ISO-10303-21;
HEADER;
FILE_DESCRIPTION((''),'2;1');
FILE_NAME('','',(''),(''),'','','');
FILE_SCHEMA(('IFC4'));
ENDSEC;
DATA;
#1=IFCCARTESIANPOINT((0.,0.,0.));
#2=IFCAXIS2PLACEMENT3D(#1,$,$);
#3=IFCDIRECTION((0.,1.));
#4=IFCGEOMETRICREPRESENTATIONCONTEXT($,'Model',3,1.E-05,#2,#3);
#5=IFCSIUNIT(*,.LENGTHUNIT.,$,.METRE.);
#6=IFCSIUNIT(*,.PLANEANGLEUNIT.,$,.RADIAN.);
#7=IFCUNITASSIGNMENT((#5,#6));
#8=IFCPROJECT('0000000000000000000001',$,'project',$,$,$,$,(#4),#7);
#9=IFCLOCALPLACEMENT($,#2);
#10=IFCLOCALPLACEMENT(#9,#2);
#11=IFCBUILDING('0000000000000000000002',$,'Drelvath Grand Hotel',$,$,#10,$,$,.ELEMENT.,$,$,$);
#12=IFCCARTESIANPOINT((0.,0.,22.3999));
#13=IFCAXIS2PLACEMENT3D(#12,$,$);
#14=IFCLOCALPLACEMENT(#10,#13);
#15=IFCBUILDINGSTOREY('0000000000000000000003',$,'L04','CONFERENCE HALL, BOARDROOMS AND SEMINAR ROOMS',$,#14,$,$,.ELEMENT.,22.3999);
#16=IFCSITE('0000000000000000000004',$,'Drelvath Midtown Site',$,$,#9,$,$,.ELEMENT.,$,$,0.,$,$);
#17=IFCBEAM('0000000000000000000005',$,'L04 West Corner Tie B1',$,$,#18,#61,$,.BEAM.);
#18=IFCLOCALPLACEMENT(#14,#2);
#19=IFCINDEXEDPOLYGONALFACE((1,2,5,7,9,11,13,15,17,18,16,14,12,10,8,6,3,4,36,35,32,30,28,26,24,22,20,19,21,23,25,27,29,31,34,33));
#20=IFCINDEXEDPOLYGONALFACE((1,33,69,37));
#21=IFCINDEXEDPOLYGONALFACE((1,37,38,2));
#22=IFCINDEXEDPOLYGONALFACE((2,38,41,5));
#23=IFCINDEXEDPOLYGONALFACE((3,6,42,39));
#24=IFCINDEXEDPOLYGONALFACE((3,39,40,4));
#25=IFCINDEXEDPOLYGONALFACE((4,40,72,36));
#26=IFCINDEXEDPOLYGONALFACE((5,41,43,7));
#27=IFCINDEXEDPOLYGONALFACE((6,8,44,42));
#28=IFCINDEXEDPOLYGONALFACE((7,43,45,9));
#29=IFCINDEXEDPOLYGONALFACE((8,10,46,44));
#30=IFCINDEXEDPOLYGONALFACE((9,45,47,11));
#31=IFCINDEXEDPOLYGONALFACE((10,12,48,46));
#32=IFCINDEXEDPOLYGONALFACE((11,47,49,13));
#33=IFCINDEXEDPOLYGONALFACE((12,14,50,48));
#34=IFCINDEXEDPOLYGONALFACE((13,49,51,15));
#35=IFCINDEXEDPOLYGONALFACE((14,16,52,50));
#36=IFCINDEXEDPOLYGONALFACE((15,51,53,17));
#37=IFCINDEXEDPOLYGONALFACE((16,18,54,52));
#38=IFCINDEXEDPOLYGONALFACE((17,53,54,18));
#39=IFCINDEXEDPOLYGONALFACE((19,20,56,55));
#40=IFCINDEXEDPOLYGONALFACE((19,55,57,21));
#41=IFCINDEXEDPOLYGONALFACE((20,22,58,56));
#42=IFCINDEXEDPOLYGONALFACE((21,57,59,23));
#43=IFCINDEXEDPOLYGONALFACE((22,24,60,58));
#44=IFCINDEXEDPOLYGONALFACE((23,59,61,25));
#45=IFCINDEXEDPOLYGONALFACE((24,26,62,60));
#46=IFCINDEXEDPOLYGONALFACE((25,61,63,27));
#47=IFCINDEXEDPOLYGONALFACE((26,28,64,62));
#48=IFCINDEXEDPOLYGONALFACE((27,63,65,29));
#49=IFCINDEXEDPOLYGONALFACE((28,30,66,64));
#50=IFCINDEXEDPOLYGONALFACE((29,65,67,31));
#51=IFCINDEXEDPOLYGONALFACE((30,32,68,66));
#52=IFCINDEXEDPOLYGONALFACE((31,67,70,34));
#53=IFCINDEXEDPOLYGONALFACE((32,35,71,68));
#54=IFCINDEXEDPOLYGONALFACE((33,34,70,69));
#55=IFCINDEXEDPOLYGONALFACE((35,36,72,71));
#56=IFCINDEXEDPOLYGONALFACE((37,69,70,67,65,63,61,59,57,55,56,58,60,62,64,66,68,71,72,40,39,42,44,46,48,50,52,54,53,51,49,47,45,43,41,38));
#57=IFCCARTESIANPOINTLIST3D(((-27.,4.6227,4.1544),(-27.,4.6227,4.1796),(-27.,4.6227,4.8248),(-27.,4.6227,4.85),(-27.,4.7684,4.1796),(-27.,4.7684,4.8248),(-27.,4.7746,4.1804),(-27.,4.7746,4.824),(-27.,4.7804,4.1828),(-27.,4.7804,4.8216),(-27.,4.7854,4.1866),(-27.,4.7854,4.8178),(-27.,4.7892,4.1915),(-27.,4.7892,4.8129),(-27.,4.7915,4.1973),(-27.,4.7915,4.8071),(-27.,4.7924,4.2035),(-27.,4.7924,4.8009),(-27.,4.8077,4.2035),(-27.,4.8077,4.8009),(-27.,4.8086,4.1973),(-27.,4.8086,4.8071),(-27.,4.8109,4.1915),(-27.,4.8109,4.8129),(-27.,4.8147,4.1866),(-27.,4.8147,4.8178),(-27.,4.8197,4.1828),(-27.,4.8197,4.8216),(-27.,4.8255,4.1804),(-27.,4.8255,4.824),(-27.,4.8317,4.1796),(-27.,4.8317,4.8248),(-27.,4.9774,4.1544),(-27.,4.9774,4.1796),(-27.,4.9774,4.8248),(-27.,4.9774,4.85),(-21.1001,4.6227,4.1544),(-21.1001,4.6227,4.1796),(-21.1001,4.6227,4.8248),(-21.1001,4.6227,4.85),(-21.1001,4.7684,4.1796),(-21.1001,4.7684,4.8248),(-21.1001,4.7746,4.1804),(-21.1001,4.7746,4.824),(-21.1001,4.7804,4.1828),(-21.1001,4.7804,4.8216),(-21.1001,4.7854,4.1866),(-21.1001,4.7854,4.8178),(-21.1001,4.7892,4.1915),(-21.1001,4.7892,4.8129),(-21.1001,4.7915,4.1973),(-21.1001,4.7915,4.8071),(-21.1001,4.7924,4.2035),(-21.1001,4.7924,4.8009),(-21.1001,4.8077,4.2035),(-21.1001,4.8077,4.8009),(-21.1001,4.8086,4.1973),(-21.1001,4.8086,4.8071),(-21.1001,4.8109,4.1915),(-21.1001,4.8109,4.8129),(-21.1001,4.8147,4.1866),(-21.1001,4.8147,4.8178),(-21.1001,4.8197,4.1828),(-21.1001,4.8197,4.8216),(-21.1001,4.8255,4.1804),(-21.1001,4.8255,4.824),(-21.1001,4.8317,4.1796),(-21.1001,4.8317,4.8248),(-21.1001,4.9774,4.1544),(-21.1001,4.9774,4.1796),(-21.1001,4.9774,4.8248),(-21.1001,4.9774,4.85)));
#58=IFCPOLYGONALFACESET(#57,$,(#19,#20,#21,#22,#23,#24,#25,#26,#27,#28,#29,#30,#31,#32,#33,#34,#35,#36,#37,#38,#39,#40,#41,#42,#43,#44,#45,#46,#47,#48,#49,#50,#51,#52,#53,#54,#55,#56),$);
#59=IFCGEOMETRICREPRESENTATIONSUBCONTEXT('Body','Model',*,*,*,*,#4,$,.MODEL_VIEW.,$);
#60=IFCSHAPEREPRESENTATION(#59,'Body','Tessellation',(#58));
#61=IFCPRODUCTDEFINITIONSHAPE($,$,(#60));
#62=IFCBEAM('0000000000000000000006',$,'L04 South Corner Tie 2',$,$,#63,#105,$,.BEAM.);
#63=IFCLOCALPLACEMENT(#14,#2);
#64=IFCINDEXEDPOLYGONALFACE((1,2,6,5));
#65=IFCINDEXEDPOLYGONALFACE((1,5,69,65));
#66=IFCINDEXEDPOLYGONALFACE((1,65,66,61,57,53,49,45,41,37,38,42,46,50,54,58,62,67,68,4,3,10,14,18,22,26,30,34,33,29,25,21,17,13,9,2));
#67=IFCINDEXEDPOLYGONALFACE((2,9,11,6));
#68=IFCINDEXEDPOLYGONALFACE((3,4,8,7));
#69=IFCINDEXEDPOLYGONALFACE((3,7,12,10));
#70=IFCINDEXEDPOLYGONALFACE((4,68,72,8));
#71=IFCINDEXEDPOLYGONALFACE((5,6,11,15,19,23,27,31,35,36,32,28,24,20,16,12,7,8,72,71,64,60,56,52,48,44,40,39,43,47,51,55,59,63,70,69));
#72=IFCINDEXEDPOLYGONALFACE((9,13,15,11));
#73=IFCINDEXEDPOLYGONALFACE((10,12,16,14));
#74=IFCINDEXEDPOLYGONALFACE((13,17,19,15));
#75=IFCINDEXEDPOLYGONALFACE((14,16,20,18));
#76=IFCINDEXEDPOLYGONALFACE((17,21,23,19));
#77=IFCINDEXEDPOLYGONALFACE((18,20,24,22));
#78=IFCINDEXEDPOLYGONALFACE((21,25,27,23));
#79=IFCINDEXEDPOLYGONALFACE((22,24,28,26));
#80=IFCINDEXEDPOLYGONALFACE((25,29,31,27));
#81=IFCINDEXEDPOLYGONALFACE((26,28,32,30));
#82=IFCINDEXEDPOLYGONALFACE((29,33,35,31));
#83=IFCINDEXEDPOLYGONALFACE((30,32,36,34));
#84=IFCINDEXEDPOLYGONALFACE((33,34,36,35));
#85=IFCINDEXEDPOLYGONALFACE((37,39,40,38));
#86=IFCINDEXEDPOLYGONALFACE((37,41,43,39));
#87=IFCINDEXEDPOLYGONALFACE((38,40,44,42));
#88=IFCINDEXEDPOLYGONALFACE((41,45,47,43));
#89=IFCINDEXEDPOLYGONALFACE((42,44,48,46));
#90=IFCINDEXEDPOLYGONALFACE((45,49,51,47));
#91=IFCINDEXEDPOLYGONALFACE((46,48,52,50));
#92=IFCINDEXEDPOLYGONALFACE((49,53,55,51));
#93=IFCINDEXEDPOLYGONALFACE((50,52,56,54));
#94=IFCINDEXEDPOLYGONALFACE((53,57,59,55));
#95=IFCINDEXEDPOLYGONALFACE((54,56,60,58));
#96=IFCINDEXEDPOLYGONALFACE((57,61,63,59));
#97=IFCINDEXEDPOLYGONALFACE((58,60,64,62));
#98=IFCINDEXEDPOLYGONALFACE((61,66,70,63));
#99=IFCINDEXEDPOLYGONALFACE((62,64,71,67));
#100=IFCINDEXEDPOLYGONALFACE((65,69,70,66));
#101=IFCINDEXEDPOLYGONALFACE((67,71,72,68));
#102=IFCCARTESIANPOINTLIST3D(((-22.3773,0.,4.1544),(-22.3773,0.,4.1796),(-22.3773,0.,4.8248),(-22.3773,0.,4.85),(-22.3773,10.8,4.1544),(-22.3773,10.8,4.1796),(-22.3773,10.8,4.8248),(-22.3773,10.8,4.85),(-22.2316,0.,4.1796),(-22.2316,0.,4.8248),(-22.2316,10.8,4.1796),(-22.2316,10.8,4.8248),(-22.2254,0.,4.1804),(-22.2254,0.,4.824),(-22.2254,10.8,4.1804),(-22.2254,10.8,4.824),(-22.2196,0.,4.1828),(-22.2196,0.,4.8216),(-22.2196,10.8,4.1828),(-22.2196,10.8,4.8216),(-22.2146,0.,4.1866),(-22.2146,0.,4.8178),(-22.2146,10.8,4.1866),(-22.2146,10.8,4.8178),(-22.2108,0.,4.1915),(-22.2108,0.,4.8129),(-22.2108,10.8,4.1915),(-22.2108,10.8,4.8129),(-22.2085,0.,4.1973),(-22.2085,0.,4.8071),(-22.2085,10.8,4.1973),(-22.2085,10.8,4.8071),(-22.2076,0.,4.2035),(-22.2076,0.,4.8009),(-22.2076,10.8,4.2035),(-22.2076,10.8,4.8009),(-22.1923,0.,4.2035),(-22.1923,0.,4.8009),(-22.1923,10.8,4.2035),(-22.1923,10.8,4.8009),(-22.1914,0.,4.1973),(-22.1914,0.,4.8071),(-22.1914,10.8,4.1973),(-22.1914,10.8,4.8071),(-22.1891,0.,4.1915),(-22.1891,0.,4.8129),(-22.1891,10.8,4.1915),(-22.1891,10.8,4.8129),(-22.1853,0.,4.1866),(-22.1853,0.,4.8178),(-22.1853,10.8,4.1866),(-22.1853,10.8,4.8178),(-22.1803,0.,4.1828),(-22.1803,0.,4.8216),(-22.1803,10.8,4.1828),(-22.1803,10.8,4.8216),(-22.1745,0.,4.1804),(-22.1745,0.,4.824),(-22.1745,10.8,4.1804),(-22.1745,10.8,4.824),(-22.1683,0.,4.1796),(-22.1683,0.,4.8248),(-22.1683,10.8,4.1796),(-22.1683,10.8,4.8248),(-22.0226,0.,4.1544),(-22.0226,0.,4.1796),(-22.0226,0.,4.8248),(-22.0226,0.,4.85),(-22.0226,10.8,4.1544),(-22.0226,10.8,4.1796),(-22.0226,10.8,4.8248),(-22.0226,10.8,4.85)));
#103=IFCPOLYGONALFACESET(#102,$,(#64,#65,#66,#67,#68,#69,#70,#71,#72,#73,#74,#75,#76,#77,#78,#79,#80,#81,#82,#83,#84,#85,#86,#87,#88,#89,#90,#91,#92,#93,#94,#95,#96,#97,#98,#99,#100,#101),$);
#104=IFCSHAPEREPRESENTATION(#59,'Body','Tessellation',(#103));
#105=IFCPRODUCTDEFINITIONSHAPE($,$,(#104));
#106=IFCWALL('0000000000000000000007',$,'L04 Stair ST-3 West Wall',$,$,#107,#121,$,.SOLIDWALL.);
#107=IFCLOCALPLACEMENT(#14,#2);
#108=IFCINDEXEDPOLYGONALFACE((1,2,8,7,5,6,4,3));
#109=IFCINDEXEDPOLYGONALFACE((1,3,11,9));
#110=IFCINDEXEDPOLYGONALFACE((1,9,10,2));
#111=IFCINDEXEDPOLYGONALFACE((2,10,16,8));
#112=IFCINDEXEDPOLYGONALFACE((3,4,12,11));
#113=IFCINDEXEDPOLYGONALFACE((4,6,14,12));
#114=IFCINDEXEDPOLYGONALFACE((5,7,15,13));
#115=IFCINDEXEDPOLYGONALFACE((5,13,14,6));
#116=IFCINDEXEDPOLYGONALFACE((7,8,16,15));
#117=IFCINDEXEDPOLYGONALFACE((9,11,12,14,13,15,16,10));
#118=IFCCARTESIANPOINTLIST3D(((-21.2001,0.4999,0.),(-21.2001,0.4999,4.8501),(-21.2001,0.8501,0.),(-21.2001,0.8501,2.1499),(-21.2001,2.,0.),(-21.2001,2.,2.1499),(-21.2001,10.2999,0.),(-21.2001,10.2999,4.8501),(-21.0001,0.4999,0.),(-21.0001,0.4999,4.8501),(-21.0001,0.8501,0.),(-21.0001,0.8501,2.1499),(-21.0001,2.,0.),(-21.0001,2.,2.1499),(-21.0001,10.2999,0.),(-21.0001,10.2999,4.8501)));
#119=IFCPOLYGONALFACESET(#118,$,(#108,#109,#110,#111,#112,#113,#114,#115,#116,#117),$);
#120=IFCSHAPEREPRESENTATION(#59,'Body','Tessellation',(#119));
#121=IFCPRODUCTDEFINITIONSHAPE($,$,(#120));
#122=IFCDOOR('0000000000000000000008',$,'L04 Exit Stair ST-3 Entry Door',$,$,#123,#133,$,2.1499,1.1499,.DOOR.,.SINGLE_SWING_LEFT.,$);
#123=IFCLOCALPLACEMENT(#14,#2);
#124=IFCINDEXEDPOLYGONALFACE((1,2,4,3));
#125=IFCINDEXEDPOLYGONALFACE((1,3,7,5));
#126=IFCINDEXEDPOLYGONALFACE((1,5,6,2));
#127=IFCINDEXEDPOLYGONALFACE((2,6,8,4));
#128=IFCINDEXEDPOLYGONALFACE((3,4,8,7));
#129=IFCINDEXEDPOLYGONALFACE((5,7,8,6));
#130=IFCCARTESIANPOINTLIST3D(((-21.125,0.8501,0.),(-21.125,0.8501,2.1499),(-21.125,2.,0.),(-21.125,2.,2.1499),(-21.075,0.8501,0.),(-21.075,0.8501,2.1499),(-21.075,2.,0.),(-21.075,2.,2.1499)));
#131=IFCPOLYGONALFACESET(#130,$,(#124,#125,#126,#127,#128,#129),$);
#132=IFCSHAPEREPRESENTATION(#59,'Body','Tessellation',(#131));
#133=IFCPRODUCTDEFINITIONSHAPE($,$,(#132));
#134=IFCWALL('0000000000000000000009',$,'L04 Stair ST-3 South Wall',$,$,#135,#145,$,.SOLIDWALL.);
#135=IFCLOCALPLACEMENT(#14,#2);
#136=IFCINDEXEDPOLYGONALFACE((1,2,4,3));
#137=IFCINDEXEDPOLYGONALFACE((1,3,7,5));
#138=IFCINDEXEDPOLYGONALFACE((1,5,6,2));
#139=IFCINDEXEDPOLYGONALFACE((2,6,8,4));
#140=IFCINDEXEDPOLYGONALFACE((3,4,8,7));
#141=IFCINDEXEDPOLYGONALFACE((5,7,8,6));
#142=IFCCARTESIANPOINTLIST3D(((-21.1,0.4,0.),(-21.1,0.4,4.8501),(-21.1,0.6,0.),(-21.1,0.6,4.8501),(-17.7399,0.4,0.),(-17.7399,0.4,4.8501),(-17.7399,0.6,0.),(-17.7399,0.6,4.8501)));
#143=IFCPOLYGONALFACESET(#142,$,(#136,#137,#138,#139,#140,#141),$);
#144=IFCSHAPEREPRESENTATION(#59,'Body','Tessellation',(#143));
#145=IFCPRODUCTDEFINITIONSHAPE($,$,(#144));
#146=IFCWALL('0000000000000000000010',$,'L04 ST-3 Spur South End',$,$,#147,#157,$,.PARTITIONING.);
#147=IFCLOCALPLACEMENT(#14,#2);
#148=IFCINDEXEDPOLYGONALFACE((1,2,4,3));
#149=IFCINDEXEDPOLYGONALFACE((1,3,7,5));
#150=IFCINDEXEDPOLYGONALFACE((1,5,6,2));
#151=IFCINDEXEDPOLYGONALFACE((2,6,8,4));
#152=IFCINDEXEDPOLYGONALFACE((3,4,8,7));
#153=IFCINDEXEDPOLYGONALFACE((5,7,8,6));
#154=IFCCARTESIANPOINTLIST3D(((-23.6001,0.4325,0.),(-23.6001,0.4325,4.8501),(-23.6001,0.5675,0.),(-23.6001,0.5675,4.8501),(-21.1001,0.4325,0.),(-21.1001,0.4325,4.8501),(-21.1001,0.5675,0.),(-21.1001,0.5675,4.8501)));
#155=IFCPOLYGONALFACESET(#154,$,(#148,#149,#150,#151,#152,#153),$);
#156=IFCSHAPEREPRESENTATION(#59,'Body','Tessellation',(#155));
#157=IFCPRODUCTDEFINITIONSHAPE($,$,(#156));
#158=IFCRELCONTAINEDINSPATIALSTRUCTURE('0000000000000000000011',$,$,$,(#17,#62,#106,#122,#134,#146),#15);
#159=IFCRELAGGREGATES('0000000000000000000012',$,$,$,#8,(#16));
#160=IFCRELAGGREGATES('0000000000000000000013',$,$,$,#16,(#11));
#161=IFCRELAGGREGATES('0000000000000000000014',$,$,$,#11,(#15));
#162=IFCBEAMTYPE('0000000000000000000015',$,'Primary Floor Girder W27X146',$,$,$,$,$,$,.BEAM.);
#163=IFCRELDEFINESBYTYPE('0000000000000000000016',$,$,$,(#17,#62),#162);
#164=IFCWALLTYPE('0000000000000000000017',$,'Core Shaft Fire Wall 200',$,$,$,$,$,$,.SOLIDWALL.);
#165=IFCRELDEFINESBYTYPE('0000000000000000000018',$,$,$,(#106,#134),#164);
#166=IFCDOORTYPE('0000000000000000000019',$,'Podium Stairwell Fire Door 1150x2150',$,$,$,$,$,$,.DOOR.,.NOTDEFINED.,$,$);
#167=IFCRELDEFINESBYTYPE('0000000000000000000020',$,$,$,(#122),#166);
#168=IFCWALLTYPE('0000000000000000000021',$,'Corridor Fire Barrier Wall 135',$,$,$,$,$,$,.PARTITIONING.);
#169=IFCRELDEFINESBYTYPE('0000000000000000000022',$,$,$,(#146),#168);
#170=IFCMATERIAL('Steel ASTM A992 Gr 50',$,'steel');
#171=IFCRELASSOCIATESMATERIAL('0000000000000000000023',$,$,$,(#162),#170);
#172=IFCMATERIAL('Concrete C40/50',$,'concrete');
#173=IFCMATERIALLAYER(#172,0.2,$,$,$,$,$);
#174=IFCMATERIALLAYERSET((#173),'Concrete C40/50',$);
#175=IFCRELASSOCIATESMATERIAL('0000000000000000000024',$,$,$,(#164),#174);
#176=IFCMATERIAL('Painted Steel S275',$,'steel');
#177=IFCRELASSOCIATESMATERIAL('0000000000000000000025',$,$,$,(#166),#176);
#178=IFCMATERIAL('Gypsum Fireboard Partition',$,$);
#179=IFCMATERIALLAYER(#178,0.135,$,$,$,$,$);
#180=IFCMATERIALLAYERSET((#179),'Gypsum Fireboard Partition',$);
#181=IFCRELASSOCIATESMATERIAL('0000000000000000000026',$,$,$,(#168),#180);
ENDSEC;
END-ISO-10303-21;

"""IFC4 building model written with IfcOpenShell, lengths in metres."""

from ifc_helpers import new_model, si_unit, direction, frame, frame_2d, origin, origin_2d, place, context, subcontext, project, spatial, rectangle, i_section, extrude, material, layer, layer_set, material_profile, profile_set, type_object, element, fill, save


model = new_model("IFC4")

# Units and contexts
model_context = context("Model", 3, precision=1e-05, world=origin(), true_north=direction((0.0, 1.0)))
body_context = subcontext(model_context, "Body", "Model", "MODEL_VIEW")
ifc_project = project(units=[si_unit("LENGTHUNIT", "METRE"), si_unit("PLANEANGLEUNIT", "RADIAN")], contexts=[model_context])

# Site, building, storey
site_placement = place(None, origin())
site = spatial("IfcSite", under=ifc_project, at=site_placement, Name="Drelvath Midtown Site", CompositionType="ELEMENT", RefElevation=0.0)
building_placement = place(site_placement, origin())
building = spatial("IfcBuilding", under=site, at=building_placement, Name="Drelvath Grand Hotel", CompositionType="ELEMENT")
storey_placement = place(building_placement, frame((0.0, 0.0, 22.3999)))
storey = spatial("IfcBuildingStorey", under=building, at=storey_placement, Name="L04", Description="CONFERENCE HALL, BOARDROOMS AND SEMINAR ROOMS", CompositionType="ELEMENT", Elevation=22.3999)

# Beams
ifc_material_1 = material(Name="Steel ASTM A992 Gr 50", Category="steel")
ifc_material_profile_1 = material_profile(ifc_material_1, i_section(OverallWidth=0.3547, OverallDepth=0.6956, WebThickness=0.0154, FlangeThickness=0.0251, FilletRadius=0.0239, at=origin_2d()), Name="W27X146")
ifc_profile_set_1 = profile_set([ifc_material_profile_1], Name="Steel ASTM A992 Gr 50")
beam_type_1 = type_object("IfcBeamType", Name="Primary Floor Girder W27X146", PredefinedType="BEAM", material=ifc_profile_set_1)
beam_1_placement = place(storey_placement, frame((-27.0, 4.8, 4.5022), z_axis=(1.0, 0.0, 0.0), x_axis=(0.0, 1.0, 0.0)))
element("IfcBeam", 1, at=beam_1_placement, inside=storey, type_object=beam_type_1, Name="L04 West Corner Tie B1", PredefinedType="BEAM", context=body_context, shape_type="SweptSolid", body=[
    extrude(i_section(OverallWidth=0.3547, OverallDepth=0.6956, WebThickness=0.0154, FlangeThickness=0.0251, FilletRadius=0.0239, at=origin_2d()), origin(), (0.0, 0.0, 1.0), 5.8999),
])
beam_2_placement = place(storey_placement, frame((-22.2, 0.0, 4.5022), z_axis=(0.0, 1.0, 0.0), x_axis=(-1.0, 0.0, 0.0)))
element("IfcBeam", 2, at=beam_2_placement, inside=storey, type_object=beam_type_1, Name="L04 South Corner Tie 2", PredefinedType="BEAM", context=body_context, shape_type="SweptSolid", body=[
    extrude(i_section(OverallWidth=0.3547, OverallDepth=0.6956, WebThickness=0.0154, FlangeThickness=0.0251, FilletRadius=0.0239, at=origin_2d()), origin(), (0.0, 0.0, 1.0), 10.8),
])

# Wall, opening, door
ifc_material_2 = material(Name="Concrete C40/50", Category="concrete")
ifc_layer_1 = layer(ifc_material_2, 0.2)
ifc_layer_set_1 = layer_set([ifc_layer_1], Name="Concrete C40/50")
wall_type_1 = type_object("IfcWallType", Name="Core Shaft Fire Wall 200", PredefinedType="SOLIDWALL", material=ifc_layer_set_1)
wall_1_placement = place(storey_placement, frame((-21.1001, 0.5, 0.0), z_axis=(0.0, 0.0, 1.0), x_axis=(0.0, 1.0, 0.0)))
wall_1 = element("IfcWall", 3, at=wall_1_placement, inside=storey, type_object=wall_type_1, Name="L04 Stair ST-3 West Wall", PredefinedType="SOLIDWALL", context=body_context, shape_type="SweptSolid", body=[
    extrude(rectangle(XDim=9.8, YDim=0.2, at=frame_2d((4.8999, 0.0))), origin(), (0.0, 0.0, 1.0), 4.8501),
])
opening_1_placement = place(wall_1_placement, frame((0.3501, 0.0, 0.0)))
opening_1 = element("IfcOpeningElement", 4, at=opening_1_placement, cuts=wall_1, PredefinedType="OPENING", context=body_context, shape_type="SweptSolid", body=[
    extrude(rectangle(XDim=1.1499, YDim=2.1499, at=frame_2d((0.575, 1.075))), frame((0.0, 0.1099, 0.0), z_axis=(0.0, -1.0, 0.0), x_axis=(1.0, 0.0, 0.0)), (0.0, 0.0, 1.0), 0.22),
])
ifc_material_3 = material(Name="Painted Steel S275", Category="steel")
door_type_1 = type_object("IfcDoorType", Name="Podium Stairwell Fire Door 1150x2150", OperationType="NOTDEFINED", PredefinedType="DOOR", material=ifc_material_3)
door_1_placement = place(opening_1_placement, origin())
door_1 = element("IfcDoor", 5, at=door_1_placement, inside=storey, type_object=door_type_1, Name="L04 Exit Stair ST-3 Entry Door", OperationType="SINGLE_SWING_LEFT", OverallHeight=2.1499, OverallWidth=1.1499, PredefinedType="DOOR", context=body_context, shape_type="SweptSolid", body=[
    extrude(rectangle(XDim=1.1499, YDim=2.1499, at=frame_2d((0.575, 1.075))), frame((0.0, 0.0249, 0.0), z_axis=(0.0, -1.0, 0.0), x_axis=(1.0, 0.0, 0.0)), (0.0, 0.0, 1.0), 0.05),
])
fill(opening_1, door_1)

# Walls
wall_2_placement = place(storey_placement, frame((-21.1001, 0.5, 0.0), z_axis=(0.0, 0.0, 1.0), x_axis=(1.0, 0.0, 0.0)))
element("IfcWall", 6, at=wall_2_placement, inside=storey, type_object=wall_type_1, Name="L04 Stair ST-3 South Wall", PredefinedType="SOLIDWALL", context=body_context, shape_type="SweptSolid", body=[
    extrude(rectangle(XDim=3.3601, YDim=0.2, at=frame_2d((1.6802, 0.0))), origin(), (0.0, 0.0, 1.0), 4.8501),
])
ifc_material_4 = material(Name="Gypsum Fireboard Partition")
ifc_layer_2 = layer(ifc_material_4, 0.135)
ifc_layer_set_2 = layer_set([ifc_layer_2], Name="Gypsum Fireboard Partition")
wall_type_2 = type_object("IfcWallType", Name="Corridor Fire Barrier Wall 135", PredefinedType="PARTITIONING", material=ifc_layer_set_2)
wall_3_placement = place(storey_placement, frame((-23.6001, 0.5, 0.0), z_axis=(0.0, 0.0, 1.0), x_axis=(1.0, 0.0, 0.0)))
element("IfcWall", 7, at=wall_3_placement, inside=storey, type_object=wall_type_2, Name="L04 ST-3 Spur South End", PredefinedType="PARTITIONING", context=body_context, shape_type="SweptSolid", body=[
    extrude(rectangle(XDim=2.5, YDim=0.135, at=frame_2d((1.25, 0.0))), origin(), (0.0, 0.0, 1.0), 4.8501),
])

save(model, "model.ifc")
